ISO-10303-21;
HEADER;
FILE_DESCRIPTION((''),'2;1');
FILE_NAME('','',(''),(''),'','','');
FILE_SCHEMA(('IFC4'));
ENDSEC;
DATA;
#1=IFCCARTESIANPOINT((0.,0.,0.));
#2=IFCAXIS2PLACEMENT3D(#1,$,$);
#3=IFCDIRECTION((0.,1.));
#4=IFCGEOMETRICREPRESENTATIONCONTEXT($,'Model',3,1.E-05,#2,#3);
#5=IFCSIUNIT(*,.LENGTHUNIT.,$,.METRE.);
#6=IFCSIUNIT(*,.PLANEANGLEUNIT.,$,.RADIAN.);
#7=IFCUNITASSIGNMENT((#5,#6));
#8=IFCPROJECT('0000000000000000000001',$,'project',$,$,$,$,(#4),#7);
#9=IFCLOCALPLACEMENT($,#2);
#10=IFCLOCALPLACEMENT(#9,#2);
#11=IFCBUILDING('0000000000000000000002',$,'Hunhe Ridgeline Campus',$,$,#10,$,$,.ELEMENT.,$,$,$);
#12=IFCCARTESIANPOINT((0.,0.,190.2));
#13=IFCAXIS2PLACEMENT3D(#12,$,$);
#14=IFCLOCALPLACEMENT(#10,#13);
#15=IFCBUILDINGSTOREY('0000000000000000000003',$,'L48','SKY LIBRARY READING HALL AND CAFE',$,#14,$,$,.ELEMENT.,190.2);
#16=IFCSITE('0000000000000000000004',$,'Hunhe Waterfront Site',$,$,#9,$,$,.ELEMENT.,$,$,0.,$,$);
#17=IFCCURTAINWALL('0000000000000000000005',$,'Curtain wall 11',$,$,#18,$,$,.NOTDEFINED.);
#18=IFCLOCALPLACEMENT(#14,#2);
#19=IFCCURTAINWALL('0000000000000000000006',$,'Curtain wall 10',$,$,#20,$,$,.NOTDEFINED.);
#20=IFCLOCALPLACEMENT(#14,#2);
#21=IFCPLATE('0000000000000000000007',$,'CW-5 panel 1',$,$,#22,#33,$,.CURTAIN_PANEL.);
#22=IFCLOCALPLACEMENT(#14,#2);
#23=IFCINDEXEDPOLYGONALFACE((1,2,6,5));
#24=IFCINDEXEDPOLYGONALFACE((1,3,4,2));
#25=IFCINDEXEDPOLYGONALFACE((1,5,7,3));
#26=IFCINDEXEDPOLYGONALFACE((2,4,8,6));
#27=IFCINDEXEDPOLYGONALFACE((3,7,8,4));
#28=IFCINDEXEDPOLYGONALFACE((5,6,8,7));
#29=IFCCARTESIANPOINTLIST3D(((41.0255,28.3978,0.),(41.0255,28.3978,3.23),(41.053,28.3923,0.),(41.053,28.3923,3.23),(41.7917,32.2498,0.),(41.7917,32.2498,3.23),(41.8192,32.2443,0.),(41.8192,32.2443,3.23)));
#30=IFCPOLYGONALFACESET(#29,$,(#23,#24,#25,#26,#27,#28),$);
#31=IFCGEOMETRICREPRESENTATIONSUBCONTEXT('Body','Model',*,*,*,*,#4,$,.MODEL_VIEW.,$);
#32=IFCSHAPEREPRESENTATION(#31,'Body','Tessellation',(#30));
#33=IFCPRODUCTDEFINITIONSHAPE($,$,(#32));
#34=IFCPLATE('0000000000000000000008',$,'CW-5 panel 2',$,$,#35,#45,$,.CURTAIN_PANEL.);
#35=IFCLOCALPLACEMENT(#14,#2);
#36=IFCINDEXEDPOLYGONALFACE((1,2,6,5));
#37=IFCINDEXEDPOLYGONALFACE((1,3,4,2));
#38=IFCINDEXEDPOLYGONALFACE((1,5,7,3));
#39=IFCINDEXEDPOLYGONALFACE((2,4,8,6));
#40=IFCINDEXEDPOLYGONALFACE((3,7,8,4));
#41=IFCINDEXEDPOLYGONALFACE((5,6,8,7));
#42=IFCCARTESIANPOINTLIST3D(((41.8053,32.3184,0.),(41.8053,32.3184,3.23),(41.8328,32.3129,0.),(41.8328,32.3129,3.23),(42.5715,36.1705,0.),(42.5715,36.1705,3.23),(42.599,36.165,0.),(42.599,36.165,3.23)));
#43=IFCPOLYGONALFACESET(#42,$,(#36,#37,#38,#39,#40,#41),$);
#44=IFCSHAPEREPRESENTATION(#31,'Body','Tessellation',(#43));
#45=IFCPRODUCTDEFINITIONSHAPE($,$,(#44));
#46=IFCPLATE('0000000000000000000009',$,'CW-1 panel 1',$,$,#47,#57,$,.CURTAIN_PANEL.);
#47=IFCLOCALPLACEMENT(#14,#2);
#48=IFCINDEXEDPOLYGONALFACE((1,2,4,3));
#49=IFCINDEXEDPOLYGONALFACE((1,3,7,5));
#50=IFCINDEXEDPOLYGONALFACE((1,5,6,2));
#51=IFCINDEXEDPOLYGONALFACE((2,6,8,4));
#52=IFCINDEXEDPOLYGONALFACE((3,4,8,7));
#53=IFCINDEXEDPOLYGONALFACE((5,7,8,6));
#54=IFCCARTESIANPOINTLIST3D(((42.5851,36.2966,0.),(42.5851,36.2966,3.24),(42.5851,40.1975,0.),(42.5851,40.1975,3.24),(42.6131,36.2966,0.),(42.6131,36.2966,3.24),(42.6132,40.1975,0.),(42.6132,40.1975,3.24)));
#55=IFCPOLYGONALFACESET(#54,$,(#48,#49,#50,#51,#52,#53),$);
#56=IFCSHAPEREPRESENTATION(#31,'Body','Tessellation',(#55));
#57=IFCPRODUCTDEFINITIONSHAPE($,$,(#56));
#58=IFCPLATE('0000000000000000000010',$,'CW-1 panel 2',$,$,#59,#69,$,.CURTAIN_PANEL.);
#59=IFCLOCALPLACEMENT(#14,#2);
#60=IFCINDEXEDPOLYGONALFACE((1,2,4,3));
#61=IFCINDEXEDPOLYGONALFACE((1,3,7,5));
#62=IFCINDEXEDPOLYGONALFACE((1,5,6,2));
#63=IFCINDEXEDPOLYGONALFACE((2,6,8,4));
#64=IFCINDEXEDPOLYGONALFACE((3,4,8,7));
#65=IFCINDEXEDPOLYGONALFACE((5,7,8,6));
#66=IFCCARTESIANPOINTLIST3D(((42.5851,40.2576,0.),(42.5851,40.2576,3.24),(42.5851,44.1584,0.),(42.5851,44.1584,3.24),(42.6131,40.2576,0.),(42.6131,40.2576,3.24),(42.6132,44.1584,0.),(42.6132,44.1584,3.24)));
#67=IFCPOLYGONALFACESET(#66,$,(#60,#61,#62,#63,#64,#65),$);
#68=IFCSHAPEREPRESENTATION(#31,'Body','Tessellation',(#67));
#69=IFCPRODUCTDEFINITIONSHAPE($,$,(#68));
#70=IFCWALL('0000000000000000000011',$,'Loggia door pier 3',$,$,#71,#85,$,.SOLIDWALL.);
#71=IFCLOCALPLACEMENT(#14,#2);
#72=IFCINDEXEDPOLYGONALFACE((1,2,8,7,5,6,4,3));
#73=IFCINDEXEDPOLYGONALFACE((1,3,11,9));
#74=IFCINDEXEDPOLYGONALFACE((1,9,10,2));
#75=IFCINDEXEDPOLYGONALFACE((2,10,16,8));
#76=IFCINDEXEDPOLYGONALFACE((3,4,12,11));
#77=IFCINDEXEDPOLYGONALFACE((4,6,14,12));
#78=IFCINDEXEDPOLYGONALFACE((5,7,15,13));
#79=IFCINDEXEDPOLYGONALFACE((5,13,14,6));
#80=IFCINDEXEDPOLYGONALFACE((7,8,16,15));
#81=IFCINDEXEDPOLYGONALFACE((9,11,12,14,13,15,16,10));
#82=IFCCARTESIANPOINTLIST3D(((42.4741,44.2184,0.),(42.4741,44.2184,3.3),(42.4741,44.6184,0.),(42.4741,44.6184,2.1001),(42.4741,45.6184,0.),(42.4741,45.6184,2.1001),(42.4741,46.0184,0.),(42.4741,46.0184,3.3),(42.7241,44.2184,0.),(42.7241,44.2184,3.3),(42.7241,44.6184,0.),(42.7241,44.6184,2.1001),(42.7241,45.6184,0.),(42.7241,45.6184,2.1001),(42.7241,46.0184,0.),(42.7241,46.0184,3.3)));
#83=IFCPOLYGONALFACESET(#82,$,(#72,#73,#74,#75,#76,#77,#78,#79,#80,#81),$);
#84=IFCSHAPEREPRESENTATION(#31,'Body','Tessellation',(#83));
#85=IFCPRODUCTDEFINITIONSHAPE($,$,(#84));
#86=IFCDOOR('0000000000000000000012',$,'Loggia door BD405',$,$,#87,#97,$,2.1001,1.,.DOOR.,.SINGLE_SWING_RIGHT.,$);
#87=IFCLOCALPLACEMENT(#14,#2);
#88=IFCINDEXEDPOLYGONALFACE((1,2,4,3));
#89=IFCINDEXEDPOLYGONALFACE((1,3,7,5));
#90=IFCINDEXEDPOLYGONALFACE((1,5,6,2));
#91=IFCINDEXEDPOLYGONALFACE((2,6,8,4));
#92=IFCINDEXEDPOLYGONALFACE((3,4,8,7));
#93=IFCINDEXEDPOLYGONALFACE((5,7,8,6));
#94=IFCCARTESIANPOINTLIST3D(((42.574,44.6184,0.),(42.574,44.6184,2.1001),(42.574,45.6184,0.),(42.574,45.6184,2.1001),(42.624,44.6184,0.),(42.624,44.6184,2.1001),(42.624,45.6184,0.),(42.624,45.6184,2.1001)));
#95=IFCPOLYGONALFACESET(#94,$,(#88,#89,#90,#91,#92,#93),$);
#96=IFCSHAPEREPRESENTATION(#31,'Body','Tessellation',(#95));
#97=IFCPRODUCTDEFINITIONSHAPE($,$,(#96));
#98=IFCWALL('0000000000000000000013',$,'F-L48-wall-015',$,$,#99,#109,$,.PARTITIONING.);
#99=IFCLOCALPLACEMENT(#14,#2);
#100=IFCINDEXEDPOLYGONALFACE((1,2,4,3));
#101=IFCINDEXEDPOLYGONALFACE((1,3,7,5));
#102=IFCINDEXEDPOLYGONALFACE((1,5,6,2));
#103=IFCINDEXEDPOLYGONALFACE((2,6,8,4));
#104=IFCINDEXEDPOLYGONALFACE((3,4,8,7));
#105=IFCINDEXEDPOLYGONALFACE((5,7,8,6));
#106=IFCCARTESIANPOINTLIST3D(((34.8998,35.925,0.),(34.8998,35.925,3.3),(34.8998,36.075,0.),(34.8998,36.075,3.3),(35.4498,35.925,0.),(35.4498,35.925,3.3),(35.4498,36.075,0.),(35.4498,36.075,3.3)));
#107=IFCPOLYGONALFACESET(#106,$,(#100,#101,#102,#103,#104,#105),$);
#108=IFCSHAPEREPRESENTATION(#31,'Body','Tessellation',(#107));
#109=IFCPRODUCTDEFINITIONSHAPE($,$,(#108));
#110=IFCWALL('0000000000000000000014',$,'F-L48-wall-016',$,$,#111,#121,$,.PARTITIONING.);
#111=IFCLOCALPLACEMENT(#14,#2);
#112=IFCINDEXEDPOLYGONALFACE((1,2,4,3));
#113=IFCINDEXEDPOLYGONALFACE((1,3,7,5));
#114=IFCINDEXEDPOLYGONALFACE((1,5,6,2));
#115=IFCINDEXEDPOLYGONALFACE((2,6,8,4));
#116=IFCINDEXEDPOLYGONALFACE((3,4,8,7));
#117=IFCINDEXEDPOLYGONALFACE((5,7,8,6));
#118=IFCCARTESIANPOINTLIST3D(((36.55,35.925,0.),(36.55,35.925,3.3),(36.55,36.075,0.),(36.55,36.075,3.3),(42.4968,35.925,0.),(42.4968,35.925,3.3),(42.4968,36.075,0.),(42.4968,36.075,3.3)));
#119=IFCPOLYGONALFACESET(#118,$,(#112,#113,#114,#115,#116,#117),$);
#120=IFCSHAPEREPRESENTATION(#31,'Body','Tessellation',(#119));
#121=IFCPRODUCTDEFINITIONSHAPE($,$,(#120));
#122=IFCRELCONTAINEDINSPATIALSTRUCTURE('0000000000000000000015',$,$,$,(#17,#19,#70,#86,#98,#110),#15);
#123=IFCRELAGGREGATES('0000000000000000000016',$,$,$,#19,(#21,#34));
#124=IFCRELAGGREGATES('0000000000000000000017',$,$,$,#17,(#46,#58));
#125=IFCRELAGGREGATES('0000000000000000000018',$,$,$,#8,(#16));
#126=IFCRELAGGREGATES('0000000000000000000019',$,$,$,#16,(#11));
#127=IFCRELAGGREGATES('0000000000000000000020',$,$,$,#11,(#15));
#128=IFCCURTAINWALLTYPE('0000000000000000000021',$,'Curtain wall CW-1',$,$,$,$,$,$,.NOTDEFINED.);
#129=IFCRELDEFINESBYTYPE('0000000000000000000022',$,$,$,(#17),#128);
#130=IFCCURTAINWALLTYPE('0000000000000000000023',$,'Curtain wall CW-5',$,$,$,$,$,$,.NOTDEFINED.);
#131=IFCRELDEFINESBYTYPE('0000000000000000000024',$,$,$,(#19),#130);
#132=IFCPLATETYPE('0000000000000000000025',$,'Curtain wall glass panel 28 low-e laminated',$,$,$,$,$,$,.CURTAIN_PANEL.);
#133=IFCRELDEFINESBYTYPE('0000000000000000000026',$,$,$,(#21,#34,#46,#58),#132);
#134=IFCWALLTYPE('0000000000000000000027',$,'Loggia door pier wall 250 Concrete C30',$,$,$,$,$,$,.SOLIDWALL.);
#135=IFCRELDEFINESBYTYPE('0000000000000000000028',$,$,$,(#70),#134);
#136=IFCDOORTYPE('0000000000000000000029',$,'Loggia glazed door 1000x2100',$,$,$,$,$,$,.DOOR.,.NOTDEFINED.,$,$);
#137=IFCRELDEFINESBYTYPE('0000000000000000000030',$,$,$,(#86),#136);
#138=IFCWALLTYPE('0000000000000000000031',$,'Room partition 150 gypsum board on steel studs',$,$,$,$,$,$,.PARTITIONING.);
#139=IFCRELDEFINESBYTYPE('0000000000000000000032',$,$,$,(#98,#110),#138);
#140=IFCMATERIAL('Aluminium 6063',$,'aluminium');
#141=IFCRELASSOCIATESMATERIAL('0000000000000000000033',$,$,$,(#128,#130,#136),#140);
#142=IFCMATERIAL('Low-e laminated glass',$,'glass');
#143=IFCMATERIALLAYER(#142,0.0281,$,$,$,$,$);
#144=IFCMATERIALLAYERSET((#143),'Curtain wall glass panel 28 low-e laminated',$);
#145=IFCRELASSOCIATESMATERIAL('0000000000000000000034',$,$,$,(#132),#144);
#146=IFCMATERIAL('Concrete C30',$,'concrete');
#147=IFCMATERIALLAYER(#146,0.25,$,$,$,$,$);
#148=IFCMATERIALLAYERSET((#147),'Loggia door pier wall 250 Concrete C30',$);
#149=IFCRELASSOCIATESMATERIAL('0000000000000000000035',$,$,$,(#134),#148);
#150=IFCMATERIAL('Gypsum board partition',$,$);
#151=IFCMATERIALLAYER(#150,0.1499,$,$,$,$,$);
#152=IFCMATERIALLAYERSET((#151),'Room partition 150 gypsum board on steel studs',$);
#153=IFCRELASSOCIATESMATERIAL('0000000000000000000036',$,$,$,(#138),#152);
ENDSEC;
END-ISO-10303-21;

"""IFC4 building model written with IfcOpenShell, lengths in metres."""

from ifc_helpers import new_model, si_unit, direction, frame, frame_2d, origin, origin_2d, place, context, subcontext, project, spatial, rectangle, extrude, material, layer, layer_set, type_object, element, fill, aggregate, save


model = new_model("IFC4")

# Units and contexts
model_context = context("Model", 3, precision=1e-05, world=origin(), true_north=direction((0.0, 1.0)))
body_context = subcontext(model_context, "Body", "Model", "MODEL_VIEW")
ifc_project = project(units=[si_unit("LENGTHUNIT", "METRE"), si_unit("PLANEANGLEUNIT", "RADIAN")], contexts=[model_context])

# Site, building, storey
site_placement = place(None, origin())
site = spatial("IfcSite", under=ifc_project, at=site_placement, Name="Hunhe Waterfront Site", CompositionType="ELEMENT", RefElevation=0.0)
building_placement = place(site_placement, origin())
building = spatial("IfcBuilding", under=site, at=building_placement, Name="Hunhe Ridgeline Campus", CompositionType="ELEMENT")
storey_placement = place(building_placement, frame((0.0, 0.0, 190.2)))
storey = spatial("IfcBuildingStorey", under=building, at=storey_placement, Name="L48", Description="SKY LIBRARY READING HALL AND CAFE", CompositionType="ELEMENT", Elevation=190.2)

# Curtain walls
ifc_material_1 = material(Name="Aluminium 6063", Category="aluminium")
curtain_wall_type_1 = type_object("IfcCurtainWallType", Name="Curtain wall CW-1", PredefinedType="NOTDEFINED", material=ifc_material_1)
curtain_wall_1_placement = place(storey_placement, origin())
curtain_wall_1 = element("IfcCurtainWall", 1, at=curtain_wall_1_placement, inside=storey, type_object=curtain_wall_type_1, Name="Curtain wall 11", PredefinedType="NOTDEFINED")
curtain_wall_type_2 = type_object("IfcCurtainWallType", Name="Curtain wall CW-5", PredefinedType="NOTDEFINED", material=ifc_material_1)
curtain_wall_2_placement = place(storey_placement, origin())
curtain_wall_2 = element("IfcCurtainWall", 2, at=curtain_wall_2_placement, inside=storey, type_object=curtain_wall_type_2, Name="Curtain wall 10", PredefinedType="NOTDEFINED")

# Plates
ifc_material_2 = material(Name="Low-e laminated glass", Category="glass")
ifc_layer_1 = layer(ifc_material_2, 0.0281)
ifc_layer_set_1 = layer_set([ifc_layer_1], Name="Curtain wall glass panel 28 low-e laminated")
plate_type = type_object("IfcPlateType", Name="Curtain wall glass panel 28 low-e laminated", PredefinedType="CURTAIN_PANEL", material=ifc_layer_set_1)
plate_1_placement = place(storey_placement, frame((41.4224, 30.321, 0.0), z_axis=(0.0, 0.0, 1.0), x_axis=(0.19509, 0.980785, 0.0)))
plate_1 = element("IfcPlate", 3, at=plate_1_placement, type_object=plate_type, Name="CW-5 panel 1", PredefinedType="CURTAIN_PANEL", context=body_context, shape_type="SweptSolid", body=[
    extrude(rectangle(XDim=3.9275, YDim=0.0281, at=origin_2d()), origin(), (0.0, 0.0, 1.0), 3.23),
])
plate_2_placement = place(storey_placement, frame((42.2021, 34.2417, 0.0), z_axis=(0.0, 0.0, 1.0), x_axis=(0.19509, 0.980785, 0.0)))
plate_2 = element("IfcPlate", 4, at=plate_2_placement, type_object=plate_type, Name="CW-5 panel 2", PredefinedType="CURTAIN_PANEL", context=body_context, shape_type="SweptSolid", body=[
    extrude(rectangle(XDim=3.9275, YDim=0.0281, at=origin_2d()), origin(), (0.0, 0.0, 1.0), 3.23),
])
aggregate(curtain_wall_2, [plate_1, plate_2])
plate_3_placement = place(storey_placement, frame((42.5991, 38.2471, 0.0), z_axis=(0.0, 0.0, 1.0), x_axis=(0.000007, 1.0, 0.0)))
plate_3 = element("IfcPlate", 5, at=plate_3_placement, type_object=plate_type, Name="CW-1 panel 1", PredefinedType="CURTAIN_PANEL", context=body_context, shape_type="SweptSolid", body=[
    extrude(rectangle(XDim=3.9009, YDim=0.0281, at=origin_2d()), origin(), (0.0, 0.0, 1.0), 3.24),
])
plate_4_placement = place(storey_placement, frame((42.5991, 42.208, 0.0), z_axis=(0.0, 0.0, 1.0), x_axis=(0.000007, 1.0, 0.0)))
plate_4 = element("IfcPlate", 6, at=plate_4_placement, type_object=plate_type, Name="CW-1 panel 2", PredefinedType="CURTAIN_PANEL", context=body_context, shape_type="SweptSolid", body=[
    extrude(rectangle(XDim=3.9009, YDim=0.0281, at=origin_2d()), origin(), (0.0, 0.0, 1.0), 3.24),
])
aggregate(curtain_wall_1, [plate_3, plate_4])

# Wall, opening, door
ifc_material_3 = material(Name="Concrete C30", Category="concrete")
ifc_layer_2 = layer(ifc_material_3, 0.25)
ifc_layer_set_2 = layer_set([ifc_layer_2], Name="Loggia door pier wall 250 Concrete C30")
wall_type_1 = type_object("IfcWallType", Name="Loggia door pier wall 250 Concrete C30", PredefinedType="SOLIDWALL", material=ifc_layer_set_2)
wall_1_placement = place(storey_placement, frame((42.5991, 44.2185, 0.0), z_axis=(0.0, 0.0, 1.0), x_axis=(0.0, 1.0, 0.0)))
wall_1 = element("IfcWall", 7, at=wall_1_placement, inside=storey, type_object=wall_type_1, Name="Loggia door pier 3", PredefinedType="SOLIDWALL", context=body_context, shape_type="SweptSolid", body=[
    extrude(rectangle(XDim=1.8, YDim=0.25, at=frame_2d((0.8999, 0.0))), origin(), (0.0, 0.0, 1.0), 3.3),
])
opening_placement = place(wall_1_placement, frame((0.3999, 0.0, 0.0)))
opening = element("IfcOpeningElement", 8, at=opening_placement, cuts=wall_1, PredefinedType="OPENING", context=body_context, shape_type="SweptSolid", body=[
    extrude(rectangle(XDim=1.0, YDim=2.1001, at=frame_2d((0.5, 1.05))), frame((0.0, 0.125, 0.0), z_axis=(0.0, -1.0, 0.0), x_axis=(1.0, 0.0, 0.0)), (0.0, 0.0, 1.0), 0.25),
])
door_type = type_object("IfcDoorType", Name="Loggia glazed door 1000x2100", OperationType="NOTDEFINED", PredefinedType="DOOR", material=ifc_material_1)
door_placement = place(opening_placement, frame((1.0, 0.0, 0.0), z_axis=(0.0, 0.0, 1.0), x_axis=(-1.0, 0.0, 0.0)))
door = element("IfcDoor", 9, at=door_placement, inside=storey, type_object=door_type, Name="Loggia door BD405", OperationType="SINGLE_SWING_RIGHT", OverallHeight=2.1001, OverallWidth=1.0, PredefinedType="DOOR", context=body_context, shape_type="SweptSolid", body=[
    extrude(rectangle(XDim=1.0, YDim=2.1001, at=frame_2d((0.5, 1.05))), frame((0.0, 0.0249, 0.0), z_axis=(0.0, -1.0, 0.0), x_axis=(1.0, 0.0, 0.0)), (0.0, 0.0, 1.0), 0.05),
])
fill(opening, door)

# Walls
ifc_material_4 = material(Name="Gypsum board partition")
ifc_layer_3 = layer(ifc_material_4, 0.1499)
ifc_layer_set_3 = layer_set([ifc_layer_3], Name="Room partition 150 gypsum board on steel studs")
wall_type_2 = type_object("IfcWallType", Name="Room partition 150 gypsum board on steel studs", PredefinedType="PARTITIONING", material=ifc_layer_set_3)
wall_2_placement = place(storey_placement, frame((34.8999, 36.0, 0.0), z_axis=(0.0, 0.0, 1.0), x_axis=(1.0, 0.0, 0.0)))
element("IfcWall", 10, at=wall_2_placement, inside=storey, type_object=wall_type_2, Name="F-L48-wall-015", PredefinedType="PARTITIONING", context=body_context, shape_type="SweptSolid", body=[
    extrude(rectangle(XDim=0.55, YDim=0.1499, at=frame_2d((0.2749, 0.0))), origin(), (0.0, 0.0, 1.0), 3.3),
])
wall_3_placement = place(storey_placement, frame((36.55, 36.0, 0.0), z_axis=(0.0, 0.0, 1.0), x_axis=(1.0, 0.0, 0.0)))
element("IfcWall", 11, at=wall_3_placement, inside=storey, type_object=wall_type_2, Name="F-L48-wall-016", PredefinedType="PARTITIONING", context=body_context, shape_type="SweptSolid", body=[
    extrude(rectangle(XDim=5.9468, YDim=0.1499, at=frame_2d((2.9734, 0.0))), origin(), (0.0, 0.0, 1.0), 3.3),
])

save(model, "model.ifc")
